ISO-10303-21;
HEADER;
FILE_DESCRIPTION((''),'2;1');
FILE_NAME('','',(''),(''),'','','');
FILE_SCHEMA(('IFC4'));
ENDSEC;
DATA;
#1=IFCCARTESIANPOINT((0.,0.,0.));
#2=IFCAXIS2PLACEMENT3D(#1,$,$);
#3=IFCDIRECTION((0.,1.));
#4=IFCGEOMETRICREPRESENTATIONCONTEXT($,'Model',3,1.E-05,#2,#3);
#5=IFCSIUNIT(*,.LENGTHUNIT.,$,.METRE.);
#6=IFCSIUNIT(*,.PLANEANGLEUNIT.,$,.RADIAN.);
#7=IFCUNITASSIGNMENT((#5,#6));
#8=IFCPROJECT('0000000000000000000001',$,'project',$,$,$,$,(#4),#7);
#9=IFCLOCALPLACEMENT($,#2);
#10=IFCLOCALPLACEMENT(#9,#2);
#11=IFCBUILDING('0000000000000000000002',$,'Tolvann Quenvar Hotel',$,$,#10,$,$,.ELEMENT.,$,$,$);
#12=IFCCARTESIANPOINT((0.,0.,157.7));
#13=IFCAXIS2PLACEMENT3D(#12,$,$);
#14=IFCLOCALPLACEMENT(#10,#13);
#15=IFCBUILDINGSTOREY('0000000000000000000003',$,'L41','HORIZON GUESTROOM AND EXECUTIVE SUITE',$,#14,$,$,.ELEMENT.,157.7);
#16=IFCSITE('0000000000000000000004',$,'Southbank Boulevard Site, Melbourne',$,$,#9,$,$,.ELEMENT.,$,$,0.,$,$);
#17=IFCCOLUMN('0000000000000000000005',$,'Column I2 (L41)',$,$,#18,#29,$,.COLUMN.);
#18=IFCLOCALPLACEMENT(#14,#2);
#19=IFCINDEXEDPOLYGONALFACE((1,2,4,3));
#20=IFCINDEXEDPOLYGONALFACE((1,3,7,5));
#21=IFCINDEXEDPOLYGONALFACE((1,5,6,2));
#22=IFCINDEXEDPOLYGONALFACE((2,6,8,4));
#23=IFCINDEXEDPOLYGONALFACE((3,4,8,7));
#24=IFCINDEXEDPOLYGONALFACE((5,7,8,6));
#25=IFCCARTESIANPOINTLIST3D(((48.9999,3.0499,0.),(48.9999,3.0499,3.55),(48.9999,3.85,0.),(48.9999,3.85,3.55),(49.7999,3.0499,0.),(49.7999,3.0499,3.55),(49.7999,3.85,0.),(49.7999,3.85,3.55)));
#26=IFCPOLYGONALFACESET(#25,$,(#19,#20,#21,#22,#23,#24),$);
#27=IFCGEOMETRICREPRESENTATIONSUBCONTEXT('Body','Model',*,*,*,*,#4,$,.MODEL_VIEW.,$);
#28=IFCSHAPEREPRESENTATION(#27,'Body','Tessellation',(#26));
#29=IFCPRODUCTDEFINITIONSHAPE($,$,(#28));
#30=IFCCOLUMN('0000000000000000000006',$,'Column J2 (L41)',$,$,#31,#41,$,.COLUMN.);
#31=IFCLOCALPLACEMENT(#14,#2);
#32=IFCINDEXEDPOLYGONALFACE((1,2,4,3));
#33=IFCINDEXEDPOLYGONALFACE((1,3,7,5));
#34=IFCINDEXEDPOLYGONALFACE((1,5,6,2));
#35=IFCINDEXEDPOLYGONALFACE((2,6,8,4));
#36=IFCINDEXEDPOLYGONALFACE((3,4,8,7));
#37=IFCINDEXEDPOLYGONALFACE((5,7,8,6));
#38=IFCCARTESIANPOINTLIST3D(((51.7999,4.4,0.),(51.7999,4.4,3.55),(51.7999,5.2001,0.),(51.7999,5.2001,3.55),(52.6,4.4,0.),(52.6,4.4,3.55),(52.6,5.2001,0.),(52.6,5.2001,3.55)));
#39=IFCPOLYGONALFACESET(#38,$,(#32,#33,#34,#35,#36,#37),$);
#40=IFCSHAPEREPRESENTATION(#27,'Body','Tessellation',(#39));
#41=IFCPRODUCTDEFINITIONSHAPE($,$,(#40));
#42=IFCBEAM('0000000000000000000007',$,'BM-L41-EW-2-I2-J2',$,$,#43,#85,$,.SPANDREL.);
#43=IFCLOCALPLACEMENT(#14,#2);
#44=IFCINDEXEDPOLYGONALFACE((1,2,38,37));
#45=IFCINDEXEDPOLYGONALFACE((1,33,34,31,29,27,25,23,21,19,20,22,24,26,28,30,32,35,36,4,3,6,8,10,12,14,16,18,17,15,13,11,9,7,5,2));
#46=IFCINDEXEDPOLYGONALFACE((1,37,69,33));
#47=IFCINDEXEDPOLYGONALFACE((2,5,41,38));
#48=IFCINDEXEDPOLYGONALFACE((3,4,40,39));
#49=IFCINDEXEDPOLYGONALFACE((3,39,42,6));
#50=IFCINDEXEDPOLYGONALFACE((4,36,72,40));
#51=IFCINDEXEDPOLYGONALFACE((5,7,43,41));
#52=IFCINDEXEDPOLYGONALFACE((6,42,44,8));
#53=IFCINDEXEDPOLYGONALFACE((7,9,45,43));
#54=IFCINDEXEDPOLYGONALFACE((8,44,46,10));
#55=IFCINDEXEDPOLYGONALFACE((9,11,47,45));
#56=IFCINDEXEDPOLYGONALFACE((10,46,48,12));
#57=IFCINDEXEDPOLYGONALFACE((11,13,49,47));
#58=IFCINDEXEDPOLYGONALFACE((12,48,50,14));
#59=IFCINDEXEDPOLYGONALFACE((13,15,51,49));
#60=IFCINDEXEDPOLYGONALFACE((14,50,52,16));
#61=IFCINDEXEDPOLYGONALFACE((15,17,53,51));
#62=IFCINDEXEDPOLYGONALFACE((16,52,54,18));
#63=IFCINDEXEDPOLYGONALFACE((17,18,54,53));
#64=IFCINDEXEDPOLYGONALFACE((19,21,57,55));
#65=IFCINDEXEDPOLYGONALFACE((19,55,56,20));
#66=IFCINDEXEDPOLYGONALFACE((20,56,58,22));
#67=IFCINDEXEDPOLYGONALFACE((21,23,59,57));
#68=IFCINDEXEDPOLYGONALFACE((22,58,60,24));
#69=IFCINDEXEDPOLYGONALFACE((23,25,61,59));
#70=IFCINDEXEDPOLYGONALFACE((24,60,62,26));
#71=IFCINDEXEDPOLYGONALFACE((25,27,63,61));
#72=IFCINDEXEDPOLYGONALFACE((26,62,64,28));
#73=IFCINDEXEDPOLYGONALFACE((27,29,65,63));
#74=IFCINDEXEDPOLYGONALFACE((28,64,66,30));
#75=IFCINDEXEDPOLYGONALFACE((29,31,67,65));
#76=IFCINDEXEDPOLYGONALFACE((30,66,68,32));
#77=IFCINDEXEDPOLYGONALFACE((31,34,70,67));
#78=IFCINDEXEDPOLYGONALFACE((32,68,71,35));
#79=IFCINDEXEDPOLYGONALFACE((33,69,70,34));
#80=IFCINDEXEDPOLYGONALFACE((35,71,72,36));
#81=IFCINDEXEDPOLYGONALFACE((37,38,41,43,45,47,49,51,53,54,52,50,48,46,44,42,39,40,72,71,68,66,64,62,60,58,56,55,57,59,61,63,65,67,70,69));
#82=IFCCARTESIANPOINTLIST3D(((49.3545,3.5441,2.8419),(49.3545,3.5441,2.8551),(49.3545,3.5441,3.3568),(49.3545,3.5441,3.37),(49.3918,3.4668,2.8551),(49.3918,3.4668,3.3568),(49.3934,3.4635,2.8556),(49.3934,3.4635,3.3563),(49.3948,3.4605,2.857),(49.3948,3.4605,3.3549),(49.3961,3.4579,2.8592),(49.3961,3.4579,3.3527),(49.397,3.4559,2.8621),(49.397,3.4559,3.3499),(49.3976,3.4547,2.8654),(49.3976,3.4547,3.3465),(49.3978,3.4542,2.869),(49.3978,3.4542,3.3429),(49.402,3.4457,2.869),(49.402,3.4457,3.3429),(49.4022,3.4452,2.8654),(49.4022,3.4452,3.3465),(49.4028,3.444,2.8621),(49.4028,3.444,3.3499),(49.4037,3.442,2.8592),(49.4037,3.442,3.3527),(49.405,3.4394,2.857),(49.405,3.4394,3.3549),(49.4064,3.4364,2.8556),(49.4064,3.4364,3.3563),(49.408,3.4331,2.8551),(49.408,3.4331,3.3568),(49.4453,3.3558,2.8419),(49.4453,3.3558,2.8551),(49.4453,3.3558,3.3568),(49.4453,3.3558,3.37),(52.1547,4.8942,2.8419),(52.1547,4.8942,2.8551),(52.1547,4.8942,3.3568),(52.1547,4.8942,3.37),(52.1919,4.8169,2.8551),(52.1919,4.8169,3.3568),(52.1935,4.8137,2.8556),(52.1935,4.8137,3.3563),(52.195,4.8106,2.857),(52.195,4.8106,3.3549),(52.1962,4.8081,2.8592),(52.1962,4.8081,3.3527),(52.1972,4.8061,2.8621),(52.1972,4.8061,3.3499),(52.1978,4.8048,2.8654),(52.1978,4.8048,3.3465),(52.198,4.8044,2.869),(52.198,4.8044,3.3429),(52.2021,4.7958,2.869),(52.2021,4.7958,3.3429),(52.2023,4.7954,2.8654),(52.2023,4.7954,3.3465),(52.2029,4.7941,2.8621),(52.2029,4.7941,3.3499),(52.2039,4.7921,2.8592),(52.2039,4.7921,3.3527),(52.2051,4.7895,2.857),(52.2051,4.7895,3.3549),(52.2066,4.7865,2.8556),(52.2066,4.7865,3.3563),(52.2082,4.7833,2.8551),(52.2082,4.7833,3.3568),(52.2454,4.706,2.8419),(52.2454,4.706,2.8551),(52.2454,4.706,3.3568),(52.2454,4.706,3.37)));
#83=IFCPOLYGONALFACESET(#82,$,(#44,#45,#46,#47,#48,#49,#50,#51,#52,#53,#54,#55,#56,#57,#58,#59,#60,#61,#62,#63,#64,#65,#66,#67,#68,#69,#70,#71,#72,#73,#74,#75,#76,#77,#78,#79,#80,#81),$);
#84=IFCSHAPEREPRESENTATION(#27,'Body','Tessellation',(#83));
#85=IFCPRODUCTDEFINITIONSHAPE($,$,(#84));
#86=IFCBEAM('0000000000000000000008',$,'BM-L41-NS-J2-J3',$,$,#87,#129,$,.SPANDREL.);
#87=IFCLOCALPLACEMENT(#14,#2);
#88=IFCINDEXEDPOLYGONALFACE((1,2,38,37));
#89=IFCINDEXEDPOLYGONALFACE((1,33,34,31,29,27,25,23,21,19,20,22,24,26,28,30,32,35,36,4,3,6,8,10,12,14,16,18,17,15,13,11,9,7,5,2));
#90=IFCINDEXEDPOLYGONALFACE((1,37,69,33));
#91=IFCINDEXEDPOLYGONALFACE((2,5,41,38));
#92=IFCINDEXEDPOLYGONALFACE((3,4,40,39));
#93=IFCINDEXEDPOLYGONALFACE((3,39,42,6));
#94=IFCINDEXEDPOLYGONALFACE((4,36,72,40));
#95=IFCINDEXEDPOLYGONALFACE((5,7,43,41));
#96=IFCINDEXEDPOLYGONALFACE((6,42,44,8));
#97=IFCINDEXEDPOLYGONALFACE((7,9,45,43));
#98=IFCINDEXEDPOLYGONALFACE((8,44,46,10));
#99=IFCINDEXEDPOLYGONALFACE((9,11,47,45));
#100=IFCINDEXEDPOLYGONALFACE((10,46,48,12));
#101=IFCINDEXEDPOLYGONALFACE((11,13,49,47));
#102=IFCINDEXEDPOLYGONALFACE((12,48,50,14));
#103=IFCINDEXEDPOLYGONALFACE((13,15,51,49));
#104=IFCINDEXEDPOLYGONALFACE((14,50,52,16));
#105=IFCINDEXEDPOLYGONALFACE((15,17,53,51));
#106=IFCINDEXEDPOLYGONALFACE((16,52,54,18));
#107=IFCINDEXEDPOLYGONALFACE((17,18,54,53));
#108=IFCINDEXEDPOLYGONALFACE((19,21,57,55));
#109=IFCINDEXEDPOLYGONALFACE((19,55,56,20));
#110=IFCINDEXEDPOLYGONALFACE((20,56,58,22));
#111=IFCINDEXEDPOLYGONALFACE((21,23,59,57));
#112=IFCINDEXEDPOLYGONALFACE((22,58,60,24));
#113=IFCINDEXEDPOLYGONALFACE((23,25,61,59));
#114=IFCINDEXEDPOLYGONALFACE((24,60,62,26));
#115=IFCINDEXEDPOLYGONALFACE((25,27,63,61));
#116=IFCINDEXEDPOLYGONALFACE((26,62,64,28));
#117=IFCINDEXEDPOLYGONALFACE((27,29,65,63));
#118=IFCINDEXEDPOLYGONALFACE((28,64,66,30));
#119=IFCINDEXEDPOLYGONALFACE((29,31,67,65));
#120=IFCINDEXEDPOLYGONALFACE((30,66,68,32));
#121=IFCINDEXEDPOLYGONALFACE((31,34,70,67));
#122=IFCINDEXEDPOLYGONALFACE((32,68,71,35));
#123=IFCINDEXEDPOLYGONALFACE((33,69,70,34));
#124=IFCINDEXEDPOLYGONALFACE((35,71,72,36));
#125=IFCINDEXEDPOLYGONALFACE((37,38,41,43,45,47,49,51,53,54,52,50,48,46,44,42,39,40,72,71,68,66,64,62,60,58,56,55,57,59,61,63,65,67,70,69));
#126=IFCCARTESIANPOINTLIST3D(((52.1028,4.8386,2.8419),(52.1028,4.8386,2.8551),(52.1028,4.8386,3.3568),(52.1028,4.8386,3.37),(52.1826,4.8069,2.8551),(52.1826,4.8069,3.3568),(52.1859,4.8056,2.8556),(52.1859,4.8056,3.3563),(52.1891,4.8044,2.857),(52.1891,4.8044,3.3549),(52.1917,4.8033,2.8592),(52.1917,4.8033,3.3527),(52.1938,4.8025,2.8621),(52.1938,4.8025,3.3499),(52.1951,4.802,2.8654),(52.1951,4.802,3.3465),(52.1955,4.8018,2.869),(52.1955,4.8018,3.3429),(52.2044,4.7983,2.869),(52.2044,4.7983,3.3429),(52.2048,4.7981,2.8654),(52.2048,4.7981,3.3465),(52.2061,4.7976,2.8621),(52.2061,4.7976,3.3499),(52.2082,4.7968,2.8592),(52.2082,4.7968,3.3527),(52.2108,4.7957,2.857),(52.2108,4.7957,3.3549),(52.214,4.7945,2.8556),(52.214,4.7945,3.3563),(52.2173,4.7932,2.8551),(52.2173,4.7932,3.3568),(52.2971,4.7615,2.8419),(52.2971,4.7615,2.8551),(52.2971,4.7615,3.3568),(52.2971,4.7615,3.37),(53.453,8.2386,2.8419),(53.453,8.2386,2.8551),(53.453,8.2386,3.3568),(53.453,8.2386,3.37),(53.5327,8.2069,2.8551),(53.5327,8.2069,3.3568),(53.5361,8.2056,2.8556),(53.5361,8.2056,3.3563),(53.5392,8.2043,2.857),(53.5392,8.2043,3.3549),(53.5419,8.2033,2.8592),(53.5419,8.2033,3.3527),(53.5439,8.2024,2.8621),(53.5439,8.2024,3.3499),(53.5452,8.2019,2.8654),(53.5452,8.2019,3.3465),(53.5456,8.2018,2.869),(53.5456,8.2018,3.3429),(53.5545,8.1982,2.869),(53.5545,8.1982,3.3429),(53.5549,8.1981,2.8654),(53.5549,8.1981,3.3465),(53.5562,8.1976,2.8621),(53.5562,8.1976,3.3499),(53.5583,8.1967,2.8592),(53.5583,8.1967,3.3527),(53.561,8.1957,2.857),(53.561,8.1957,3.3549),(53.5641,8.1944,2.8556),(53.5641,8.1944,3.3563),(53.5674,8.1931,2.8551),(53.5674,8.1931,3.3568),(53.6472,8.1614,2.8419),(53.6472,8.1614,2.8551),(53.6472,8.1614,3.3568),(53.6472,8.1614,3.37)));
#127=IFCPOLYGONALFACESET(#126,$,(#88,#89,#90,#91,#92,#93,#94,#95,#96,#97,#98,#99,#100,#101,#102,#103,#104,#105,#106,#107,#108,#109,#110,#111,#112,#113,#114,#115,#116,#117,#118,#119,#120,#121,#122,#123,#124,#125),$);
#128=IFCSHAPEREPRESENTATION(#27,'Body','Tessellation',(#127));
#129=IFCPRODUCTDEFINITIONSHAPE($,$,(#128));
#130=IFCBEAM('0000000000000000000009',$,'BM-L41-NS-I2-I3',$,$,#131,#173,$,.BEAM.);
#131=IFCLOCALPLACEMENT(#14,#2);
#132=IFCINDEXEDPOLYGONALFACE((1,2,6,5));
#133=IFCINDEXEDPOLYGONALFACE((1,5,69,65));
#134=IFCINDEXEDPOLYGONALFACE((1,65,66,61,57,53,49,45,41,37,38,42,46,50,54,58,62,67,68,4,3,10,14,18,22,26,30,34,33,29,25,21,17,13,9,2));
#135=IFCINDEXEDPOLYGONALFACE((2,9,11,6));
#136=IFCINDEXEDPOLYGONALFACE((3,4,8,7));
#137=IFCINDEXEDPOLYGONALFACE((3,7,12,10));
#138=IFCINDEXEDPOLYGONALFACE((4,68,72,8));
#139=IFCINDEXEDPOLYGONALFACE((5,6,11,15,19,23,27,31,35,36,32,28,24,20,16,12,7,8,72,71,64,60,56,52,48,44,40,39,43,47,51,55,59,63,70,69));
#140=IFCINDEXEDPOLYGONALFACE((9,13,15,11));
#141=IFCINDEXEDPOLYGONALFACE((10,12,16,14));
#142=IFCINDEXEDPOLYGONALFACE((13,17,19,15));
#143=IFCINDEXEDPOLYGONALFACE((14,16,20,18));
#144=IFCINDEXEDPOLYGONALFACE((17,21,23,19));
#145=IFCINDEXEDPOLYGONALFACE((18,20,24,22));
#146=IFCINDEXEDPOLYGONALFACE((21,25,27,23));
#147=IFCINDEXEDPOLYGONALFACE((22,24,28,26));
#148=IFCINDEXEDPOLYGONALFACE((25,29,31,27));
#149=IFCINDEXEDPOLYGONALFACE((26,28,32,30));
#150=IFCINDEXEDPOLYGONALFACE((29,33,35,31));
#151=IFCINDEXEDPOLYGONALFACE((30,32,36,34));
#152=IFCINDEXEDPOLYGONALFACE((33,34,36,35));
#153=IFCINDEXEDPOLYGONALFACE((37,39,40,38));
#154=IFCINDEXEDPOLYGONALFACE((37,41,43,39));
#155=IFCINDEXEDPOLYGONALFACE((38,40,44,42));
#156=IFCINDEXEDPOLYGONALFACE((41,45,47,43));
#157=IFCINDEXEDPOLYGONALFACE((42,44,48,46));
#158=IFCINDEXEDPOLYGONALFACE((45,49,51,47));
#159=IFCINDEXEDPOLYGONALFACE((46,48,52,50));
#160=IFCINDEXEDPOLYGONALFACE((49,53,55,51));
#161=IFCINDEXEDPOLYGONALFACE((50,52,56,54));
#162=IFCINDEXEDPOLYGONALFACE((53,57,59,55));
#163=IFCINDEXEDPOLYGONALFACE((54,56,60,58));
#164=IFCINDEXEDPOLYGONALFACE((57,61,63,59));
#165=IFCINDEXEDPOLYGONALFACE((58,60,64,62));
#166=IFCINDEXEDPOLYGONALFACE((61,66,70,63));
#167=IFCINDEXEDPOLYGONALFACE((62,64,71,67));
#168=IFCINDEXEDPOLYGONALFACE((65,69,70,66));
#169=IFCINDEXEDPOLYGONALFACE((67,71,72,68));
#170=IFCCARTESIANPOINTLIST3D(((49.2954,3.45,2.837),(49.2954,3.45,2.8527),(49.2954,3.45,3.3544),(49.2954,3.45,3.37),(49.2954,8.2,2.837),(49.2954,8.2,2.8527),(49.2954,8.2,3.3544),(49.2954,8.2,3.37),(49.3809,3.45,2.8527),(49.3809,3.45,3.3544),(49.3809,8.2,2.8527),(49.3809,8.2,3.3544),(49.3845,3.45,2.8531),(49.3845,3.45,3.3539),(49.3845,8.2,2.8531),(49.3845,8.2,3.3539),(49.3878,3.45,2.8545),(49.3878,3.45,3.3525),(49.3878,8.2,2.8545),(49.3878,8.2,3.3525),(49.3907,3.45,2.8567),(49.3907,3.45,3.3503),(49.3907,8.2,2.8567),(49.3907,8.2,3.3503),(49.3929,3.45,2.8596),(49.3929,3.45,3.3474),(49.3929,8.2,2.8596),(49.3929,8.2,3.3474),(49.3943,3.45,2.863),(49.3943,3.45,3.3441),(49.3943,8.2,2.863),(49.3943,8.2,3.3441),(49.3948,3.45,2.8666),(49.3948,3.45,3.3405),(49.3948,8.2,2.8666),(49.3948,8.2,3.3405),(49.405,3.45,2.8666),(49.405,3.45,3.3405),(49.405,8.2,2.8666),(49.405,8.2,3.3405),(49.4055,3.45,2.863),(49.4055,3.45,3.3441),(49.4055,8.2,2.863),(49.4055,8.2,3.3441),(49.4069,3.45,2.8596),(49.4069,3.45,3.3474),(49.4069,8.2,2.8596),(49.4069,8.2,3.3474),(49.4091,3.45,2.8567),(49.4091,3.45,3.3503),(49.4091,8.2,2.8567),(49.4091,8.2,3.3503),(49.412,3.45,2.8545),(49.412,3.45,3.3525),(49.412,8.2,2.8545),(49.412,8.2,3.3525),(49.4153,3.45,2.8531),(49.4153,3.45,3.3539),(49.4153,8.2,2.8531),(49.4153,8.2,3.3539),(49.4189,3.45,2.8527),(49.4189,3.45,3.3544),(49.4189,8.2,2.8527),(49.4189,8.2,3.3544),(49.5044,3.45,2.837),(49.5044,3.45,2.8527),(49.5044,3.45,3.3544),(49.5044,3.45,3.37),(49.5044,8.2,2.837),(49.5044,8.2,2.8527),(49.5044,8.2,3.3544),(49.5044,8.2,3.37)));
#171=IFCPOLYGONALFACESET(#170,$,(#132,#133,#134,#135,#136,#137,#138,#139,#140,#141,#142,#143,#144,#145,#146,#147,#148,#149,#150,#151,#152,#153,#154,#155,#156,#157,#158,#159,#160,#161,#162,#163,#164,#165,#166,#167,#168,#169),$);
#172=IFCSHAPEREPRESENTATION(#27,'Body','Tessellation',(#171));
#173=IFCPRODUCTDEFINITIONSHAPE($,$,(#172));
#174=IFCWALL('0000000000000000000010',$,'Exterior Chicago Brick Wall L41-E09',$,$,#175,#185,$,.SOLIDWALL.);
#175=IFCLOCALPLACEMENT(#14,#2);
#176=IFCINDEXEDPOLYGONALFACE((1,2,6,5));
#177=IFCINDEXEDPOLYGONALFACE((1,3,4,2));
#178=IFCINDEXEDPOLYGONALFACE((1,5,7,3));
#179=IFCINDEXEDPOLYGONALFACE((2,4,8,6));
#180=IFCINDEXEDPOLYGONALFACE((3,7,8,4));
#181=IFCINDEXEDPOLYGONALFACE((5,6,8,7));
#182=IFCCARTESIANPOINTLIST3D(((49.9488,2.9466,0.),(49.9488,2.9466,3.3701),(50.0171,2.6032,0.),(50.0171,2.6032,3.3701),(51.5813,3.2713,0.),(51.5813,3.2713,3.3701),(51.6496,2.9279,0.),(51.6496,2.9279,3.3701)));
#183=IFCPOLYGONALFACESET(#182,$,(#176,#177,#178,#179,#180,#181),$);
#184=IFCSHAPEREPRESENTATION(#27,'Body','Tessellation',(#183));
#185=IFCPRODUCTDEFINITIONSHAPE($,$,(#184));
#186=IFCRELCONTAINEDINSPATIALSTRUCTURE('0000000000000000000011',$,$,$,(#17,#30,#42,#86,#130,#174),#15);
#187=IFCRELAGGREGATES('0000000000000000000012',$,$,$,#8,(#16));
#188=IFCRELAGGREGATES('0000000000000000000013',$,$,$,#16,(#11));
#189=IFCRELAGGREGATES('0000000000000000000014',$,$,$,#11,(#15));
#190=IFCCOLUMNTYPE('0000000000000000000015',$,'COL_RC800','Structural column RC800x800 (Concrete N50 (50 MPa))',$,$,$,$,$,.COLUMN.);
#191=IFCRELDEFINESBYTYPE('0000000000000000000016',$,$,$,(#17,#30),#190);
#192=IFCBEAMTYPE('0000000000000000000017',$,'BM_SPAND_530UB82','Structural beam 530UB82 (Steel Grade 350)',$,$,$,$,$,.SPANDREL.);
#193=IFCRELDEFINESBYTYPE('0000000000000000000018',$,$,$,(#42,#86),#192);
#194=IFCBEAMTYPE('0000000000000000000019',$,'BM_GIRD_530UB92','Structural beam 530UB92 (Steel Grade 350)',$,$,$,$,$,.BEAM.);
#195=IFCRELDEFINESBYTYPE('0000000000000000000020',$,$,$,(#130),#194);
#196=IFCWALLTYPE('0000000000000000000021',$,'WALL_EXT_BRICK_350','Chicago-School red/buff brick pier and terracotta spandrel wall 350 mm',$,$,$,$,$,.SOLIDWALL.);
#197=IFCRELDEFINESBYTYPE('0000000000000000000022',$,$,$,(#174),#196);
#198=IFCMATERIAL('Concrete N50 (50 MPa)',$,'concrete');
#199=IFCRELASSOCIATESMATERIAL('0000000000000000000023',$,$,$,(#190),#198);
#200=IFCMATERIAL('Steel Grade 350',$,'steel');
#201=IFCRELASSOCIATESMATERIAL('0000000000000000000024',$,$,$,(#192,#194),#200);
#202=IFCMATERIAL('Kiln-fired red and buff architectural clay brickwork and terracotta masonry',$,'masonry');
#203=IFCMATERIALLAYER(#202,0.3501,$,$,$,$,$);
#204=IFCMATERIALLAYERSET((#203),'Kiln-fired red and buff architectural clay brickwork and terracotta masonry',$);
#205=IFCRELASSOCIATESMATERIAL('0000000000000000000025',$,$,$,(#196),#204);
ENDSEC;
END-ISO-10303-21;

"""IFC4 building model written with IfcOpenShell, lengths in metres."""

from ifc_helpers import new_model, si_unit, direction, frame, frame_2d, origin, origin_2d, place, context, subcontext, project, spatial, rectangle, i_section, extrude, source, transform, mapped, material, layer, layer_set, material_profile, profile_set, type_object, type_shapes, element, save


model = new_model("IFC4")

# Units and contexts
model_context = context("Model", 3, precision=1e-05, world=origin(), true_north=direction((0.0, 1.0)))
body_context = subcontext(model_context, "Body", "Model", "MODEL_VIEW")
ifc_project = project(units=[si_unit("LENGTHUNIT", "METRE"), si_unit("PLANEANGLEUNIT", "RADIAN")], contexts=[model_context])

# Site, building, storey
site_placement = place(None, origin())
site = spatial("IfcSite", under=ifc_project, at=site_placement, Name="Southbank Boulevard Site, Melbourne", CompositionType="ELEMENT", RefElevation=0.0)
building_placement = place(site_placement, origin())
building = spatial("IfcBuilding", under=site, at=building_placement, Name="Tolvann Quenvar Hotel", CompositionType="ELEMENT")
storey_placement = place(building_placement, frame((0.0, 0.0, 157.7)))
storey = spatial("IfcBuildingStorey", under=building, at=storey_placement, Name="L41", Description="HORIZON GUESTROOM AND EXECUTIVE SUITE", CompositionType="ELEMENT", Elevation=157.7)

# Columns
ifc_material_1 = material(Name="Concrete N50 (50 MPa)", Category="concrete")
ifc_material_profile_1 = material_profile(ifc_material_1, rectangle(XDim=0.8, YDim=0.8, at=origin_2d()), Name="RC800x800")
ifc_profile_set_1 = profile_set([ifc_material_profile_1], Name="Concrete N50 (50 MPa)")
column_type = type_object("IfcColumnType", Name="COL_RC800", Description="Structural column RC800x800 (Concrete N50 (50 MPa))", PredefinedType="COLUMN", material=ifc_profile_set_1)
shared_shape_1 = source(origin(), body_context, "Body", "SweptSolid", [
    extrude(rectangle(XDim=0.8, YDim=0.8, at=origin_2d()), origin(), (0.0, 0.0, 1.0), 3.55),
])
type_shapes(column_type, [shared_shape_1])
for number, where, z_axis, x_axis, name in (
    (1, (49.3999, 3.45, 0.0), (0.0, 0.0, 1.0), (1.0, 0.0, 0.0), "Column I2 (L41)"),
    (2, (52.2, 4.8, 0.0), (0.0, 0.0, 1.0), (1.0, 0.0, 0.0), "Column J2 (L41)"),
):
    element("IfcColumn", number, at=place(storey_placement, frame(where, z_axis=z_axis, x_axis=x_axis)), inside=storey, type_object=column_type, Name=name, PredefinedType="COLUMN", context=body_context, shape_type="MappedRepresentation", body=[
        mapped(shared_shape_1, transform((0.0, 0.0, 0.0), x_axis=(1.0, 0.0, 0.0), y_axis=(0.0, 1.0, 0.0), z_axis=(0.0, 0.0, 1.0), scale=1.0)),
    ])

# Beams
ifc_material_2 = material(Name="Steel Grade 350", Category="steel")
ifc_material_profile_2 = material_profile(ifc_material_2, i_section(OverallWidth=0.209, OverallDepth=0.5281, WebThickness=0.0095, FlangeThickness=0.0132, FilletRadius=0.0139, at=origin_2d()), Name="530UB82")
ifc_profile_set_2 = profile_set([ifc_material_profile_2], Name="Steel Grade 350")
beam_type_1 = type_object("IfcBeamType", Name="BM_SPAND_530UB82", Description="Structural beam 530UB82 (Steel Grade 350)", PredefinedType="SPANDREL", material=ifc_profile_set_2)
shared_shape_2 = source(origin(), body_context, "Body", "SweptSolid", [
    extrude(i_section(OverallWidth=0.209, OverallDepth=0.5281, WebThickness=0.0095, FlangeThickness=0.0132, FilletRadius=0.0139, at=origin_2d()), origin(), (0.0, 0.0, 1.0), 3.1086),
])
beam_1_placement = place(storey_placement, frame((49.3999, 3.45, 3.106), z_axis=(0.900759, 0.434319, 0.0), x_axis=(-0.434319, 0.900759, 0.0)))
element("IfcBeam", 3, at=beam_1_placement, inside=storey, type_object=beam_type_1, Name="BM-L41-EW-2-I2-J2", PredefinedType="SPANDREL", context=body_context, shape_type="MappedRepresentation", body=[
    mapped(shared_shape_2, transform((0.0, 0.0, 0.0), x_axis=(1.0, 0.0, 0.0), y_axis=(0.0, 1.0, 0.0), z_axis=(0.0, 0.0, 1.0), scale=1.0)),
])
shared_shape_3 = source(origin(), body_context, "Body", "SweptSolid", [
    extrude(i_section(OverallWidth=0.209, OverallDepth=0.5281, WebThickness=0.0095, FlangeThickness=0.0132, FilletRadius=0.0139, at=origin_2d()), origin(), (0.0, 0.0, 1.0), 3.6582),
])
type_shapes(beam_type_1, [shared_shape_2, shared_shape_3])
beam_2_placement = place(storey_placement, frame((52.2, 4.8, 3.106), z_axis=(0.369065, 0.929404, 0.0), x_axis=(-0.929404, 0.369065, 0.0)))
element("IfcBeam", 4, at=beam_2_placement, inside=storey, type_object=beam_type_1, Name="BM-L41-NS-J2-J3", PredefinedType="SPANDREL", context=body_context, shape_type="MappedRepresentation", body=[
    mapped(shared_shape_3, transform((0.0, 0.0, 0.0), x_axis=(1.0, 0.0, 0.0), y_axis=(0.0, 1.0, 0.0), z_axis=(0.0, 0.0, 1.0), scale=1.0)),
])
ifc_material_profile_3 = material_profile(ifc_material_2, i_section(OverallWidth=0.209, OverallDepth=0.533, WebThickness=0.0103, FlangeThickness=0.0156, FilletRadius=0.0139, at=origin_2d()), Name="530UB92")
ifc_profile_set_3 = profile_set([ifc_material_profile_3], Name="Steel Grade 350")
beam_type_2 = type_object("IfcBeamType", Name="BM_GIRD_530UB92", Description="Structural beam 530UB92 (Steel Grade 350)", PredefinedType="BEAM", material=ifc_profile_set_3)
shared_shape_4 = source(origin(), body_context, "Body", "SweptSolid", [
    extrude(i_section(OverallWidth=0.209, OverallDepth=0.533, WebThickness=0.0103, FlangeThickness=0.0156, FilletRadius=0.0139, at=origin_2d()), origin(), (0.0, 0.0, 1.0), 4.75),
])
type_shapes(beam_type_2, [shared_shape_4])
beam_3_placement = place(storey_placement, frame((49.3999, 3.45, 3.1035), z_axis=(0.0, 1.0, 0.0), x_axis=(-1.0, 0.0, 0.0)))
element("IfcBeam", 5, at=beam_3_placement, inside=storey, type_object=beam_type_2, Name="BM-L41-NS-I2-I3", PredefinedType="BEAM", context=body_context, shape_type="MappedRepresentation", body=[
    mapped(shared_shape_4, transform((0.0, 0.0, 0.0), x_axis=(1.0, 0.0, 0.0), y_axis=(0.0, 1.0, 0.0), z_axis=(0.0, 0.0, 1.0), scale=1.0)),
])

# Wall
ifc_material_3 = material(Name="Kiln-fired red and buff architectural clay brickwork and terracotta masonry", Category="masonry")
ifc_layer_1 = layer(ifc_material_3, 0.3501)
ifc_layer_set_1 = layer_set([ifc_layer_1], Name="Kiln-fired red and buff architectural clay brickwork and terracotta masonry")
wall_type_1 = type_object("IfcWallType", Name="WALL_EXT_BRICK_350", Description="Chicago-School red/buff brick pier and terracotta spandrel wall 350 mm", PredefinedType="SOLIDWALL", material=ifc_layer_set_1)
wall_1_placement = place(storey_placement, frame((49.9829, 2.7749, 0.0), z_axis=(0.0, 0.0, 1.0), x_axis=(0.980789, 0.195072, 0.0)))
element("IfcWall", 6, at=wall_1_placement, inside=storey, type_object=wall_type_1, Name="Exterior Chicago Brick Wall L41-E09", PredefinedType="SOLIDWALL", context=body_context, shape_type="SweptSolid", body=[
    extrude(rectangle(XDim=1.6646, YDim=0.3501, at=frame_2d((0.8323, 0.0))), origin(), (0.0, 0.0, 1.0), 3.3701),
])

save(model, "model.ifc")
